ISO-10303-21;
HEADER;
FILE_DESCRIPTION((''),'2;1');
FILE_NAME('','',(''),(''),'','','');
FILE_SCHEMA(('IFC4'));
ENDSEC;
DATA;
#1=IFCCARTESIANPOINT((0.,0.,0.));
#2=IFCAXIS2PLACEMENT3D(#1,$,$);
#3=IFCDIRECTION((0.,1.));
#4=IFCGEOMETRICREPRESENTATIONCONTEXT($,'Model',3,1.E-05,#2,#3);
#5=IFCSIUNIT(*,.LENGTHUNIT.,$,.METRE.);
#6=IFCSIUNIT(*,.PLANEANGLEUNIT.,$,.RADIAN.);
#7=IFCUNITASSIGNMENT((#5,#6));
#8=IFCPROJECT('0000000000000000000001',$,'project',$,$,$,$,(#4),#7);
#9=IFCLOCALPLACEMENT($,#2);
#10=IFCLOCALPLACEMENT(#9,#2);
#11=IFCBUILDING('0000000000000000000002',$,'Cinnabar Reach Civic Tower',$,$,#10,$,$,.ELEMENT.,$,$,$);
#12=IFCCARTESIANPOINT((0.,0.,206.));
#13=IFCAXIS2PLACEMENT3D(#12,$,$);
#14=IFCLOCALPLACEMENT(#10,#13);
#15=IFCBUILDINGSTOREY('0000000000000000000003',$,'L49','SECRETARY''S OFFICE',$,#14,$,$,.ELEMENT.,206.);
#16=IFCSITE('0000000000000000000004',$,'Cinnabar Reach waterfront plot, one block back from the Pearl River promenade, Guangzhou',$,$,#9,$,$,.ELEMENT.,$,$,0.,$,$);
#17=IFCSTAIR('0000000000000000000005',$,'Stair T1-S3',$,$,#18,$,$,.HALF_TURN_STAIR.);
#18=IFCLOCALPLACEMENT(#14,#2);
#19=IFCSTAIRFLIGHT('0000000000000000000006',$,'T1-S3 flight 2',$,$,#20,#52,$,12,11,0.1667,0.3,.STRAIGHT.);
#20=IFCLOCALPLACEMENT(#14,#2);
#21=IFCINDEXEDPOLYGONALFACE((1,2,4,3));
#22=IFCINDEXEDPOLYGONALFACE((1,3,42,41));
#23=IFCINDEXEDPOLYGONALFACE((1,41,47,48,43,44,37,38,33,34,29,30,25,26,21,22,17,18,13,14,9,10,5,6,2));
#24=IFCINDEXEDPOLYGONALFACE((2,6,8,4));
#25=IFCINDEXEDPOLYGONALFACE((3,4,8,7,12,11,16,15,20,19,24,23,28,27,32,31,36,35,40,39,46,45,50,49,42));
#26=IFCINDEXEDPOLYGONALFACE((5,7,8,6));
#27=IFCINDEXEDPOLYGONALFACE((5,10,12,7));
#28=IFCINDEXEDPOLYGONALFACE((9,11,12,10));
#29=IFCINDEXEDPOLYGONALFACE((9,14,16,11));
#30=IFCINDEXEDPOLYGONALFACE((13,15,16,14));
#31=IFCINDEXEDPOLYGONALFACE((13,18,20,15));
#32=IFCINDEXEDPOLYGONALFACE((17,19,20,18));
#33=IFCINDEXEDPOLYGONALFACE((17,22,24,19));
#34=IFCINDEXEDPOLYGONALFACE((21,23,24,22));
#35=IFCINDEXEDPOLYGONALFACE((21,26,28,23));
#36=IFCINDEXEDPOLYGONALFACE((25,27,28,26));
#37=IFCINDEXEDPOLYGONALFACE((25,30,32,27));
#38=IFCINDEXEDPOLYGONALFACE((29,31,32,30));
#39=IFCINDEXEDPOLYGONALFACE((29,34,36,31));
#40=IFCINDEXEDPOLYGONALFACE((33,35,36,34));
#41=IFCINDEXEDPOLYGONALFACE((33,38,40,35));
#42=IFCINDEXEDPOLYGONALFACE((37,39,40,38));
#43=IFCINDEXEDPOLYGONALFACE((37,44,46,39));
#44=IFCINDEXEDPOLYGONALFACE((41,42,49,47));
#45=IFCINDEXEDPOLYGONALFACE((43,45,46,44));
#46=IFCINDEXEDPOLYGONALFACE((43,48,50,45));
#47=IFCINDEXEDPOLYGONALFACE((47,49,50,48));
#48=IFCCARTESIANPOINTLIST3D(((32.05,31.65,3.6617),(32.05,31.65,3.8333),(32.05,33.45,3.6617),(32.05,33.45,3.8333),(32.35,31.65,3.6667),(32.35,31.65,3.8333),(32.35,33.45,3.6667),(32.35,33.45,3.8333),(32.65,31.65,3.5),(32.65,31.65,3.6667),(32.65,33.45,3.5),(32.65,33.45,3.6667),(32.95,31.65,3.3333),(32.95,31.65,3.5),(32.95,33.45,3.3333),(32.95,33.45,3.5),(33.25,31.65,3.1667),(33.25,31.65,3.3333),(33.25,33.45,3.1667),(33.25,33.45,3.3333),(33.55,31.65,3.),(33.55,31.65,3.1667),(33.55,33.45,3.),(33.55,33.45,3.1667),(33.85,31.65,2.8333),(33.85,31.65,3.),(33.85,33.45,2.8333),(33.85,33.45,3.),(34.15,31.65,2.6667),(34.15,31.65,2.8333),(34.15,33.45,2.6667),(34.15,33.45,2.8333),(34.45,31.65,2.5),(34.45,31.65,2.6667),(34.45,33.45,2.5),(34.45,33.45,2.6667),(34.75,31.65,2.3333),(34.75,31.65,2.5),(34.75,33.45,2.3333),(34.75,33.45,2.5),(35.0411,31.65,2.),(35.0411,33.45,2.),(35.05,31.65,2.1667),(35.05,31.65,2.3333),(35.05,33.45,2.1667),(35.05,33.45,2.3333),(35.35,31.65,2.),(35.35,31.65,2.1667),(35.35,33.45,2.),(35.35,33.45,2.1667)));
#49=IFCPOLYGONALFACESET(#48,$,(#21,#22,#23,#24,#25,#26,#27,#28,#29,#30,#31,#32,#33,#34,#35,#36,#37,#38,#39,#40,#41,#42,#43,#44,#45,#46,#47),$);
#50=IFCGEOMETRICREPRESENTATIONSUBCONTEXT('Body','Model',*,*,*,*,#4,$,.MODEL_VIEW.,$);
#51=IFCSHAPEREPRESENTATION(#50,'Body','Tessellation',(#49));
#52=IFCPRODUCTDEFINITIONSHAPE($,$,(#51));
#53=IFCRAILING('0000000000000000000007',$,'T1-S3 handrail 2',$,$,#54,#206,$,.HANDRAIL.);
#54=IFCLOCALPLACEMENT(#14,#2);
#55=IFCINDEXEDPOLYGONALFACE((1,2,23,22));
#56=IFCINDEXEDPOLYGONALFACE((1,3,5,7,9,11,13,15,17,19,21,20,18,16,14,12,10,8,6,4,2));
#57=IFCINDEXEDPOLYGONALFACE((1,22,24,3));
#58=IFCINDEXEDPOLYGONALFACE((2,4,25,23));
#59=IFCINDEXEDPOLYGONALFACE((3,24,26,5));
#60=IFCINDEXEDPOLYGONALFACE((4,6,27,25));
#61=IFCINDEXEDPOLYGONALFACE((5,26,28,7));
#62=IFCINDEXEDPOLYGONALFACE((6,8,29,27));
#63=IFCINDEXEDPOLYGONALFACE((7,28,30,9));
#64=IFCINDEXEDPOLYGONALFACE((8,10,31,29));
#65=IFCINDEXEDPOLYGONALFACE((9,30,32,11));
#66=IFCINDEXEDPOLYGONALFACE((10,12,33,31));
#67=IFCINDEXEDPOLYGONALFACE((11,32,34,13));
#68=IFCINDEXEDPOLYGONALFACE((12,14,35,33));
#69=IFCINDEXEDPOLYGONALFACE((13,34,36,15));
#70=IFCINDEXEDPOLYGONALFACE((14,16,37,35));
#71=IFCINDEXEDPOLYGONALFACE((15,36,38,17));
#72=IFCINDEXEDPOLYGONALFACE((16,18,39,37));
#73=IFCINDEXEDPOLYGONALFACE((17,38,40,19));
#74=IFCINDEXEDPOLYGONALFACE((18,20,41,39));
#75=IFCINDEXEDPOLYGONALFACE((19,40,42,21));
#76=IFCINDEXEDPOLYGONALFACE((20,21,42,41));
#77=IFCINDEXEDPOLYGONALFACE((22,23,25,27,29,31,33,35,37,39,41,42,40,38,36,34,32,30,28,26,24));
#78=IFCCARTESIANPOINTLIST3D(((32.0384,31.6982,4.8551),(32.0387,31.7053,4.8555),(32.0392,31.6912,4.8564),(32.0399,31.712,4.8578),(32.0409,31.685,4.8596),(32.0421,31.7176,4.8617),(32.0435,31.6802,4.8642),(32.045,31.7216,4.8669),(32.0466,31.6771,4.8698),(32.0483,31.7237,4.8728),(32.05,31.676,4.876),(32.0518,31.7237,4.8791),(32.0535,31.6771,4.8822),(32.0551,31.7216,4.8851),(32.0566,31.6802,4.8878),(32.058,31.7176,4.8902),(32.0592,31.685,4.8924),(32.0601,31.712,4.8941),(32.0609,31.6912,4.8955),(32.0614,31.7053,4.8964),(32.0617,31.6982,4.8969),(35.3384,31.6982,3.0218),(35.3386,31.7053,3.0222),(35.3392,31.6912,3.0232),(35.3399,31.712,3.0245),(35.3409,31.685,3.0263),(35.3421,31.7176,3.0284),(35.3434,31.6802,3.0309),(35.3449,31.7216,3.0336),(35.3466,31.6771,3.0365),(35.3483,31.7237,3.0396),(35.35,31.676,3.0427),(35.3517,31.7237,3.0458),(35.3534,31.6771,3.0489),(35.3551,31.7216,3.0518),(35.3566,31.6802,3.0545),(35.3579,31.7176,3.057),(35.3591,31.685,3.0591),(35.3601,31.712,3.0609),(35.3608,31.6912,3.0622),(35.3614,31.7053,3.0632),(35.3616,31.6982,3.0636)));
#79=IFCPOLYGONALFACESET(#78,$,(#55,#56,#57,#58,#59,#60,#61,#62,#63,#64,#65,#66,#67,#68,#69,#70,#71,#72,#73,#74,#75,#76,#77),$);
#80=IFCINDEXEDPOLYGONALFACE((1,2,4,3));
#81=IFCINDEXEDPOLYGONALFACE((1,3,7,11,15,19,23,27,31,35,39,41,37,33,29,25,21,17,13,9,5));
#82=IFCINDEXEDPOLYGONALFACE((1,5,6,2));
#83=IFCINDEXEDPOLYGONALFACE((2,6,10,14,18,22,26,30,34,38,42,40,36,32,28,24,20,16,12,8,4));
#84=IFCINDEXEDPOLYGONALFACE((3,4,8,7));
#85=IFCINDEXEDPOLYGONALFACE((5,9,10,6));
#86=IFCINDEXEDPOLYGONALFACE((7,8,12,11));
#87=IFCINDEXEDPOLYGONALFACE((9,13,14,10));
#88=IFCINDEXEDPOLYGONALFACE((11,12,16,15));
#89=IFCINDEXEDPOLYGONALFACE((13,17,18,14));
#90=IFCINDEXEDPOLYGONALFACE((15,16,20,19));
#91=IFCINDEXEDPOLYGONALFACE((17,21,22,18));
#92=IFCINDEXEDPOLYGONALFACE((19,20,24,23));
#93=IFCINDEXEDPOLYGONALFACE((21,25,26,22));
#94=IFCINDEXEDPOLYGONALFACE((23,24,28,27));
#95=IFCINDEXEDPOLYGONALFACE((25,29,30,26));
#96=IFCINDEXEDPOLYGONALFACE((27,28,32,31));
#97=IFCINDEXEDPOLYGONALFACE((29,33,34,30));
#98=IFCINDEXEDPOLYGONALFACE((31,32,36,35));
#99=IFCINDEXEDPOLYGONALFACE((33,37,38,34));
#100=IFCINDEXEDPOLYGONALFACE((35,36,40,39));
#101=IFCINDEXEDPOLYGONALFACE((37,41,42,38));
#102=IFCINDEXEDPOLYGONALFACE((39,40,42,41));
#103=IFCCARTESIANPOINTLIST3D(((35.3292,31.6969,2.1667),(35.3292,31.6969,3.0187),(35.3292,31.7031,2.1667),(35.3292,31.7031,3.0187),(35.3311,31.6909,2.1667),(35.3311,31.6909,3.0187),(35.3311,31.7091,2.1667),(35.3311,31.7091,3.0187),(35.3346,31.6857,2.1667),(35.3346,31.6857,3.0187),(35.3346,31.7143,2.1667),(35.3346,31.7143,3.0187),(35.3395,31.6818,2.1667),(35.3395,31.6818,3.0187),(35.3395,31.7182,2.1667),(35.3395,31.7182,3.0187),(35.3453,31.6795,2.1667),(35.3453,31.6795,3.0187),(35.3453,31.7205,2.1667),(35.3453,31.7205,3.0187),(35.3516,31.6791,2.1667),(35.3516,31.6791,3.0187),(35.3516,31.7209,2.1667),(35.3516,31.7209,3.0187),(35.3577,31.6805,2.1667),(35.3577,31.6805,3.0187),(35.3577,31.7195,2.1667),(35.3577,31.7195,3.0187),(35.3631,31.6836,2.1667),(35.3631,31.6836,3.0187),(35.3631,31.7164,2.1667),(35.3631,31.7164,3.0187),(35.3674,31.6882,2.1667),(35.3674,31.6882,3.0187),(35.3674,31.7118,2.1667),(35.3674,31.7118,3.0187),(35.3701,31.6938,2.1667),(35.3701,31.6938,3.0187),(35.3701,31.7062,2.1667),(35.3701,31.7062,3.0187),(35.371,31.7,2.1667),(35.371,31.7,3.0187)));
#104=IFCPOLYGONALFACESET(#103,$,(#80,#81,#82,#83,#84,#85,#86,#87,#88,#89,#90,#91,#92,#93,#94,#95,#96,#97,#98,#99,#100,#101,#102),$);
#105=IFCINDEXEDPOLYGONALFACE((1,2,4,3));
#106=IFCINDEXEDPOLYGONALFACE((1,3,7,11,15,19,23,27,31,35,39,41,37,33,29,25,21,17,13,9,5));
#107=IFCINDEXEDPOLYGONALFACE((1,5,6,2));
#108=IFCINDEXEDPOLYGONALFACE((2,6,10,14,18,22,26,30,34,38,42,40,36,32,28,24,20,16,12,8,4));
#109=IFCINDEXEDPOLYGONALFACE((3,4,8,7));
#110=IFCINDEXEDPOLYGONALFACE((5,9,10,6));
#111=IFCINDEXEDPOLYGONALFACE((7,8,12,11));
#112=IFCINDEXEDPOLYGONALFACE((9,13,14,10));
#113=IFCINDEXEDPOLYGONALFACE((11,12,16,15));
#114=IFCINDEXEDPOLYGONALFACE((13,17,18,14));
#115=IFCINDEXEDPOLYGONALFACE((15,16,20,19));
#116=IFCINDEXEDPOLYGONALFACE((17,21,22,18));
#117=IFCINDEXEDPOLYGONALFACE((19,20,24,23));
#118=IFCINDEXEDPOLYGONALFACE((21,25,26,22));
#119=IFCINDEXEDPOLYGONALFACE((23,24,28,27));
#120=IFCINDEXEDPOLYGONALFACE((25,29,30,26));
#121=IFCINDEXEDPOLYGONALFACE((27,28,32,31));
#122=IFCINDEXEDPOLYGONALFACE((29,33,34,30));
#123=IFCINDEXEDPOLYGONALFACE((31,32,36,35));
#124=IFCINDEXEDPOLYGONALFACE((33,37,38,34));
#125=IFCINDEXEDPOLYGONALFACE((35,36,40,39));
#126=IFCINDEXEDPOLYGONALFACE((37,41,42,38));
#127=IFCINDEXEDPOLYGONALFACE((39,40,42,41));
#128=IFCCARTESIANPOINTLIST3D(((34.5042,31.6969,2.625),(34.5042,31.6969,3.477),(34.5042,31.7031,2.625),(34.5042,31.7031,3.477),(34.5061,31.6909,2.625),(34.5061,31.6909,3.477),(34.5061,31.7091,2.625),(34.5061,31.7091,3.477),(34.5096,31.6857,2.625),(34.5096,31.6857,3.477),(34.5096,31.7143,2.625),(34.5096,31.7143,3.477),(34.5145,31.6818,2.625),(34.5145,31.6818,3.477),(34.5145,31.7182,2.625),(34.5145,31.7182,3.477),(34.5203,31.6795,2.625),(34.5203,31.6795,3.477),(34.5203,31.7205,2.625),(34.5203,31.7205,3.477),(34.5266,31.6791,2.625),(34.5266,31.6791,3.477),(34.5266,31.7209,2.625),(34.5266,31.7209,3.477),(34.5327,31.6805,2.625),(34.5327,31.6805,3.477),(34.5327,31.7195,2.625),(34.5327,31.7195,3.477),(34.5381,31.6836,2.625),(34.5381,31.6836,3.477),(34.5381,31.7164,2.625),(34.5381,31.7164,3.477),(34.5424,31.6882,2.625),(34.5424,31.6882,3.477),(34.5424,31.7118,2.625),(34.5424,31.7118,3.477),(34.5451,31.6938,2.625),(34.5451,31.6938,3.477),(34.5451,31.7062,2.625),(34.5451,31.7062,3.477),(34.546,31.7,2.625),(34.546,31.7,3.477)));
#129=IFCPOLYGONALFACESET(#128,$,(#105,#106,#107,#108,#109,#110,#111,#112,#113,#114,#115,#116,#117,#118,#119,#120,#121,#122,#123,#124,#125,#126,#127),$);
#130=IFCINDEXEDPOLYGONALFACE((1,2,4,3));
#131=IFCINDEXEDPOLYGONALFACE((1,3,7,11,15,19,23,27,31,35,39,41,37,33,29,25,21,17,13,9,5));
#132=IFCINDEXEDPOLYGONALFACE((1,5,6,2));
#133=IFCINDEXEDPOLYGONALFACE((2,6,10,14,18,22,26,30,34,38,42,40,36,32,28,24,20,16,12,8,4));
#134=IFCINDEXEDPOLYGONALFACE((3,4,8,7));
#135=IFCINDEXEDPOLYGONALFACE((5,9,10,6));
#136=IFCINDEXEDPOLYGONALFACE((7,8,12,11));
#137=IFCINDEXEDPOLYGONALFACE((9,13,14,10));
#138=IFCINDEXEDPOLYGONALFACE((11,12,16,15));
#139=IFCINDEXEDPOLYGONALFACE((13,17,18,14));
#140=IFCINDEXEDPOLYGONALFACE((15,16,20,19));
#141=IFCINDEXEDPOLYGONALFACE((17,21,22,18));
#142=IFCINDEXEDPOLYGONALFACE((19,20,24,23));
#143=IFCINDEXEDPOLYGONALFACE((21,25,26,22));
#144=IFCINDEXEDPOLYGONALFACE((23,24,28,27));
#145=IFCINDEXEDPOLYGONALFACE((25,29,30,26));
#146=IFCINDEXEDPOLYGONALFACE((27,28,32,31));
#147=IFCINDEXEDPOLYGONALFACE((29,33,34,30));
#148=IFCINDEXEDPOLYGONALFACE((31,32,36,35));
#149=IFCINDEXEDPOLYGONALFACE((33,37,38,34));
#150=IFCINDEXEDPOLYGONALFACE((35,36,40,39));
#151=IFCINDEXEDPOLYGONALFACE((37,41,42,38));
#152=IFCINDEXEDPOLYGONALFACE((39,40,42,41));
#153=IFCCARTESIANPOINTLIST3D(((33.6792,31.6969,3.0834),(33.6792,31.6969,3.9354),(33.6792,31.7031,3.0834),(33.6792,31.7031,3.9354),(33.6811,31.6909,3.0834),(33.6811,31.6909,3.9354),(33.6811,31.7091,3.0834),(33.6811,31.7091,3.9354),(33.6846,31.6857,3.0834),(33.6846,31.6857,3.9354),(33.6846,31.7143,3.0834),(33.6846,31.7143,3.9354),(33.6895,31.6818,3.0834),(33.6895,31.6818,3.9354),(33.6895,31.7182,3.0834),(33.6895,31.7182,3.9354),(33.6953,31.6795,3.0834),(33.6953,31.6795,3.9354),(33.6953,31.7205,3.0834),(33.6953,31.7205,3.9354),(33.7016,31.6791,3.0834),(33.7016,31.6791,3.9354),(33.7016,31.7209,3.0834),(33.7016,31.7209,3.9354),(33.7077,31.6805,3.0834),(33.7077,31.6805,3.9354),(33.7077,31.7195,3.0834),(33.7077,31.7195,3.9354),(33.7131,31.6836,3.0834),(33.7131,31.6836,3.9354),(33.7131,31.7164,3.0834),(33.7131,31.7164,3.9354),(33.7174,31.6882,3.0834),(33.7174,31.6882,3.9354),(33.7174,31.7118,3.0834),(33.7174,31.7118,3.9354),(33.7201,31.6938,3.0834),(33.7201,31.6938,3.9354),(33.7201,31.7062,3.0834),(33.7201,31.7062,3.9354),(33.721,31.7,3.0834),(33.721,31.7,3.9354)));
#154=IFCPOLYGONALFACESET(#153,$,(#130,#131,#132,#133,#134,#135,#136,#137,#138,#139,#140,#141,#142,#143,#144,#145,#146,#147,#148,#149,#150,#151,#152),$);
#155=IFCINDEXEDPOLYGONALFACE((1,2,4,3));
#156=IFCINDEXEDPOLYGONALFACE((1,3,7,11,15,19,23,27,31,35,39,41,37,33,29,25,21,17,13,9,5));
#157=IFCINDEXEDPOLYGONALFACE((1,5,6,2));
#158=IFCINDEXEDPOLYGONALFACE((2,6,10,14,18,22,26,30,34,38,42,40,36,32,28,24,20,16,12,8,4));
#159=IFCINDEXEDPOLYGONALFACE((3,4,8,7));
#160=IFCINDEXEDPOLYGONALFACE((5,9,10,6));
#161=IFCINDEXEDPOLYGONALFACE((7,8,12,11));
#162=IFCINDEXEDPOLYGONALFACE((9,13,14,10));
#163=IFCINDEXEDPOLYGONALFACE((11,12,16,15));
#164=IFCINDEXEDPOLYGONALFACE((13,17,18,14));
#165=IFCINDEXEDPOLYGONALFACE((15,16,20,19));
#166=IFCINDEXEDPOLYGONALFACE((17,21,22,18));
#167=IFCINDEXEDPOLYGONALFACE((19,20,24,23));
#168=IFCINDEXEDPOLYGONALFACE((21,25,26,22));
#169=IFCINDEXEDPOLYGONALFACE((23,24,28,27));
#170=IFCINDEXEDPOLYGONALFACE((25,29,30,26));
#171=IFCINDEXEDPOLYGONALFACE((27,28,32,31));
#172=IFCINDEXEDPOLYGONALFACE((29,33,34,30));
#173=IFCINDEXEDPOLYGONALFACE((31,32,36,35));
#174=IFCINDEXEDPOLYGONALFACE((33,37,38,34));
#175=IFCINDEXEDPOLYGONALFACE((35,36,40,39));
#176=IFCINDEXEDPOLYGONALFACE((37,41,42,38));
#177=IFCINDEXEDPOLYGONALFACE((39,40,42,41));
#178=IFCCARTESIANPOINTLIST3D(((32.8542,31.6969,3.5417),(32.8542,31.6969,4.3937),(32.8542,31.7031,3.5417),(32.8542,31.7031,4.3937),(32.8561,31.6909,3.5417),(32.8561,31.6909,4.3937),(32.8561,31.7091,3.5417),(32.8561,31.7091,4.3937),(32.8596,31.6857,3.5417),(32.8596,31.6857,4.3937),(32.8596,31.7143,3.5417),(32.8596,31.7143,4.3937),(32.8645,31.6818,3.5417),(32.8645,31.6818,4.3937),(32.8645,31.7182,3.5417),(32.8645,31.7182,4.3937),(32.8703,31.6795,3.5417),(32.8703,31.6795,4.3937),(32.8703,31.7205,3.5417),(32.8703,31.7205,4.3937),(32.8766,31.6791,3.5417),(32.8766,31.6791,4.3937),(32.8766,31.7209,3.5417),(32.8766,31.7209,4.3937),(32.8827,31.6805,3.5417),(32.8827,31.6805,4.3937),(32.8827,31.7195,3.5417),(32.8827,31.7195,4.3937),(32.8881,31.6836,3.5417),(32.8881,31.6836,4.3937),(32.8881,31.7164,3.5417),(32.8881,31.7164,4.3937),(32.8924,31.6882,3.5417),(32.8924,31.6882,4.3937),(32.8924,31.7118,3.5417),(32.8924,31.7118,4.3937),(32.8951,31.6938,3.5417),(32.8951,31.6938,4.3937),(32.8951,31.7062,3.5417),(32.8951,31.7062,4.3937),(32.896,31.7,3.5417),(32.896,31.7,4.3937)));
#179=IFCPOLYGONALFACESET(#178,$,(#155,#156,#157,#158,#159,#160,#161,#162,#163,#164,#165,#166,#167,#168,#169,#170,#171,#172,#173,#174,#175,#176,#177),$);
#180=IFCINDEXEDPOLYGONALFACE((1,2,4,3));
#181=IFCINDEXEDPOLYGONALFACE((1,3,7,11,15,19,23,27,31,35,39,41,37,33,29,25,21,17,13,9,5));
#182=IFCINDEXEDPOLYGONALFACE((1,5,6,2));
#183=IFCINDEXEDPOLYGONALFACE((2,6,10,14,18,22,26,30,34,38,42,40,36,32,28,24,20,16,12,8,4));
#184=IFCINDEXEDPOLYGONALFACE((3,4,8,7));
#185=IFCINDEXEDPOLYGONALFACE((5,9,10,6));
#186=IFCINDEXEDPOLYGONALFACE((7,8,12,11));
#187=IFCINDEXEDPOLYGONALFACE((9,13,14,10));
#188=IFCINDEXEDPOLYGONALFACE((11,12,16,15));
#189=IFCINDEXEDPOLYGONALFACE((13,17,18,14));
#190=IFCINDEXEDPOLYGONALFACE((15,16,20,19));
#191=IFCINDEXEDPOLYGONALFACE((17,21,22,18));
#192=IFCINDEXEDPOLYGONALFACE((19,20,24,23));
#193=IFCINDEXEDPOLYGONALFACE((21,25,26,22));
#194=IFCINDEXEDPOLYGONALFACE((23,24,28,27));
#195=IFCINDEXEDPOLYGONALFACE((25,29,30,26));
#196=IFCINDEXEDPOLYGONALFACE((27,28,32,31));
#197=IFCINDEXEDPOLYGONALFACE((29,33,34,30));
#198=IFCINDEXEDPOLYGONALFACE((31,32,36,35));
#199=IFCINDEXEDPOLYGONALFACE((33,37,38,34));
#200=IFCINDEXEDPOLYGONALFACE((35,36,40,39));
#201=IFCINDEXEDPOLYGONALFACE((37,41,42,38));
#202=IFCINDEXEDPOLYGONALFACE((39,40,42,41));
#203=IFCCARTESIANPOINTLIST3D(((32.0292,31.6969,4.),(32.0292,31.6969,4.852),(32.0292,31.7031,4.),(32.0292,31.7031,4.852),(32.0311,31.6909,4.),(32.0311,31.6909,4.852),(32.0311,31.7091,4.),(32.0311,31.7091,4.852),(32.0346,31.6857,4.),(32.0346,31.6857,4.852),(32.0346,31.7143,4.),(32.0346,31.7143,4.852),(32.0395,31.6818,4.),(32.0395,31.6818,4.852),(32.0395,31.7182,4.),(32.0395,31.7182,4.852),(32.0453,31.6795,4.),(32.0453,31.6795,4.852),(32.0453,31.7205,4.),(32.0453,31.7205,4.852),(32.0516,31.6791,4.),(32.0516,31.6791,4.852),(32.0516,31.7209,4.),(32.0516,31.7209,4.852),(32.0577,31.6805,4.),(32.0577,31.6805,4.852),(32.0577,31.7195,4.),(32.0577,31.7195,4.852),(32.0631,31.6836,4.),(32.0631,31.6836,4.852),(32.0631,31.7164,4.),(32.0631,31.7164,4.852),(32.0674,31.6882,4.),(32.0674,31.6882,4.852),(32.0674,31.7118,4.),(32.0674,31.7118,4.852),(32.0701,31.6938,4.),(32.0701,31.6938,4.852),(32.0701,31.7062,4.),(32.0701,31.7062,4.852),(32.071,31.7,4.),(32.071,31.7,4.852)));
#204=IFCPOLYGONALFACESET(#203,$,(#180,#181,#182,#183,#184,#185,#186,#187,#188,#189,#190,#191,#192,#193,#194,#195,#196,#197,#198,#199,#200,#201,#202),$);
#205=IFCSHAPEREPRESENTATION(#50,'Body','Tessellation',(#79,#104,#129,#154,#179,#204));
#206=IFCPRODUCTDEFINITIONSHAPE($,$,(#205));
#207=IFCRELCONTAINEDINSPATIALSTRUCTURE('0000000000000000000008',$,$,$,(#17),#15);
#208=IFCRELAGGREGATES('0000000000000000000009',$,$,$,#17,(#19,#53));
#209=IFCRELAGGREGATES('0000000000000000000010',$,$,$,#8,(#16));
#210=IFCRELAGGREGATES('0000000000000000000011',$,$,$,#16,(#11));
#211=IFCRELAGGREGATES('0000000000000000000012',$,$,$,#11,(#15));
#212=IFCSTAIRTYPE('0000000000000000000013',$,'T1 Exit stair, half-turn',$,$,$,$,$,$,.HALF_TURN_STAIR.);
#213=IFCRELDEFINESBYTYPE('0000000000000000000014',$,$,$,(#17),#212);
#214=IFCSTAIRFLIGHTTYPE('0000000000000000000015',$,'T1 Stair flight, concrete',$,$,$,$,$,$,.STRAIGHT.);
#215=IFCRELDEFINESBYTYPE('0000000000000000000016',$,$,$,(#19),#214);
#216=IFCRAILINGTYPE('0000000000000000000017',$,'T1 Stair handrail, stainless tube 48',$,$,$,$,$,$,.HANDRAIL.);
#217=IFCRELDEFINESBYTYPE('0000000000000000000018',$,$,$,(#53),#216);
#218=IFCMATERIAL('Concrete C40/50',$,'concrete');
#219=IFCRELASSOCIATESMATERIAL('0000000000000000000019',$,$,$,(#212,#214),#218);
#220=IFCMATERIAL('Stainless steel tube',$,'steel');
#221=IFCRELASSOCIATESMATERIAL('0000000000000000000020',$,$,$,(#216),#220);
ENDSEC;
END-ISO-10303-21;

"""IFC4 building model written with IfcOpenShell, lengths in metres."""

from ifc_helpers import new_model, si_unit, direction, frame, origin, origin_2d, place, context, subcontext, project, spatial, polyline, circle, outline, extrude, material, type_object, element, aggregate, save


model = new_model("IFC4")

# Units and contexts
model_context = context("Model", 3, precision=1e-05, world=origin(), true_north=direction((0.0, 1.0)))
body_context = subcontext(model_context, "Body", "Model", "MODEL_VIEW")
ifc_project = project(units=[si_unit("LENGTHUNIT", "METRE"), si_unit("PLANEANGLEUNIT", "RADIAN")], contexts=[model_context])

# Site, building, storey
site_placement = place(None, origin())
site = spatial("IfcSite", under=ifc_project, at=site_placement, Name="Cinnabar Reach waterfront plot, one block back from the Pearl River promenade, Guangzhou", CompositionType="ELEMENT", RefElevation=0.0)
building_placement = place(site_placement, origin())
building = spatial("IfcBuilding", under=site, at=building_placement, Name="Cinnabar Reach Civic Tower", CompositionType="ELEMENT")
storey_placement = place(building_placement, frame((0.0, 0.0, 206.0)))
storey = spatial("IfcBuildingStorey", under=building, at=storey_placement, Name="L49", Description="SECRETARY'S OFFICE", CompositionType="ELEMENT", Elevation=206.0)

# Stair, stair flight, railing
ifc_material_1 = material(Name="Concrete C40/50", Category="concrete")
stair_type = type_object("IfcStairType", Name="T1 Exit stair, half-turn", PredefinedType="HALF_TURN_STAIR", material=ifc_material_1)
stair_placement = place(storey_placement, origin())
stair = element("IfcStair", 1, at=stair_placement, inside=storey, type_object=stair_type, Name="Stair T1-S3", PredefinedType="HALF_TURN_STAIR")
stair_flight_type = type_object("IfcStairFlightType", Name="T1 Stair flight, concrete", PredefinedType="STRAIGHT", material=ifc_material_1)
stair_flight_placement = place(storey_placement, frame((35.35, 32.55, 2.0), z_axis=(0.0, 0.0, 1.0), x_axis=(-1.0, 0.0, 0.0)))
stair_flight = element("IfcStairFlight", 2, at=stair_flight_placement, type_object=stair_flight_type, Name="T1-S3 flight 2", NumberOfRisers=12, NumberOfTreads=11, PredefinedType="STRAIGHT", RiserHeight=0.1667, TreadLength=0.3, context=body_context, shape_type="SweptSolid", body=[
    extrude(outline(polyline([(0.0, 0.0), (0.0, 0.1667), (0.3, 0.1667), (0.3, 0.3333), (0.6, 0.3333), (0.6, 0.5), (0.9, 0.5), (0.9, 0.6667), (1.2, 0.6667), (1.2, 0.8333), (1.5, 0.8333), (1.5, 1.0), (1.8, 1.0), (1.8, 1.1667), (2.1, 1.1667), (2.1, 1.3333), (2.4, 1.3333), (2.4, 1.5), (2.7, 1.5), (2.7, 1.6667), (3.0, 1.6667), (3.0, 1.8333), (3.3, 1.8333), (3.3, 2.0), (3.3, 1.6617), (0.3089, 0.0), (0.0, 0.0)])), frame((0.0, 0.9, 0.0), z_axis=(0.0, -1.0, 0.0), x_axis=(1.0, 0.0, 0.0)), (0.0, 0.0, 1.0), 1.8),
])
ifc_material_2 = material(Name="Stainless steel tube", Category="steel")
railing_type = type_object("IfcRailingType", Name="T1 Stair handrail, stainless tube 48", PredefinedType="HANDRAIL", material=ifc_material_2)
railing_placement = place(storey_placement, frame((35.35, 31.7, 2.1667)))
railing = element("IfcRailing", 3, at=railing_placement, type_object=railing_type, Name="T1-S3 handrail 2", PredefinedType="HANDRAIL", context=body_context, shape_type="SweptSolid", body=[
    extrude(circle(Radius=0.024, at=origin_2d()), frame((0.0, 0.0, 0.876), z_axis=(-0.874161, 0.0, 0.485636), x_axis=(0.0, -1.0, 0.0)), (0.0, 0.0, 1.0), 3.775),
    extrude(circle(Radius=0.021, at=origin_2d()), origin(), (0.0, 0.0, 1.0), 0.852),
    extrude(circle(Radius=0.021, at=origin_2d()), frame((-0.825, 0.0, 0.4583)), (0.0, 0.0, 1.0), 0.852),
    extrude(circle(Radius=0.021, at=origin_2d()), frame((-1.65, 0.0, 0.9167)), (0.0, 0.0, 1.0), 0.852),
    extrude(circle(Radius=0.021, at=origin_2d()), frame((-2.475, 0.0, 1.375)), (0.0, 0.0, 1.0), 0.852),
    extrude(circle(Radius=0.021, at=origin_2d()), frame((-3.3, 0.0, 1.8333)), (0.0, 0.0, 1.0), 0.852),
])
aggregate(stair, [stair_flight, railing])

save(model, "model.ifc")
